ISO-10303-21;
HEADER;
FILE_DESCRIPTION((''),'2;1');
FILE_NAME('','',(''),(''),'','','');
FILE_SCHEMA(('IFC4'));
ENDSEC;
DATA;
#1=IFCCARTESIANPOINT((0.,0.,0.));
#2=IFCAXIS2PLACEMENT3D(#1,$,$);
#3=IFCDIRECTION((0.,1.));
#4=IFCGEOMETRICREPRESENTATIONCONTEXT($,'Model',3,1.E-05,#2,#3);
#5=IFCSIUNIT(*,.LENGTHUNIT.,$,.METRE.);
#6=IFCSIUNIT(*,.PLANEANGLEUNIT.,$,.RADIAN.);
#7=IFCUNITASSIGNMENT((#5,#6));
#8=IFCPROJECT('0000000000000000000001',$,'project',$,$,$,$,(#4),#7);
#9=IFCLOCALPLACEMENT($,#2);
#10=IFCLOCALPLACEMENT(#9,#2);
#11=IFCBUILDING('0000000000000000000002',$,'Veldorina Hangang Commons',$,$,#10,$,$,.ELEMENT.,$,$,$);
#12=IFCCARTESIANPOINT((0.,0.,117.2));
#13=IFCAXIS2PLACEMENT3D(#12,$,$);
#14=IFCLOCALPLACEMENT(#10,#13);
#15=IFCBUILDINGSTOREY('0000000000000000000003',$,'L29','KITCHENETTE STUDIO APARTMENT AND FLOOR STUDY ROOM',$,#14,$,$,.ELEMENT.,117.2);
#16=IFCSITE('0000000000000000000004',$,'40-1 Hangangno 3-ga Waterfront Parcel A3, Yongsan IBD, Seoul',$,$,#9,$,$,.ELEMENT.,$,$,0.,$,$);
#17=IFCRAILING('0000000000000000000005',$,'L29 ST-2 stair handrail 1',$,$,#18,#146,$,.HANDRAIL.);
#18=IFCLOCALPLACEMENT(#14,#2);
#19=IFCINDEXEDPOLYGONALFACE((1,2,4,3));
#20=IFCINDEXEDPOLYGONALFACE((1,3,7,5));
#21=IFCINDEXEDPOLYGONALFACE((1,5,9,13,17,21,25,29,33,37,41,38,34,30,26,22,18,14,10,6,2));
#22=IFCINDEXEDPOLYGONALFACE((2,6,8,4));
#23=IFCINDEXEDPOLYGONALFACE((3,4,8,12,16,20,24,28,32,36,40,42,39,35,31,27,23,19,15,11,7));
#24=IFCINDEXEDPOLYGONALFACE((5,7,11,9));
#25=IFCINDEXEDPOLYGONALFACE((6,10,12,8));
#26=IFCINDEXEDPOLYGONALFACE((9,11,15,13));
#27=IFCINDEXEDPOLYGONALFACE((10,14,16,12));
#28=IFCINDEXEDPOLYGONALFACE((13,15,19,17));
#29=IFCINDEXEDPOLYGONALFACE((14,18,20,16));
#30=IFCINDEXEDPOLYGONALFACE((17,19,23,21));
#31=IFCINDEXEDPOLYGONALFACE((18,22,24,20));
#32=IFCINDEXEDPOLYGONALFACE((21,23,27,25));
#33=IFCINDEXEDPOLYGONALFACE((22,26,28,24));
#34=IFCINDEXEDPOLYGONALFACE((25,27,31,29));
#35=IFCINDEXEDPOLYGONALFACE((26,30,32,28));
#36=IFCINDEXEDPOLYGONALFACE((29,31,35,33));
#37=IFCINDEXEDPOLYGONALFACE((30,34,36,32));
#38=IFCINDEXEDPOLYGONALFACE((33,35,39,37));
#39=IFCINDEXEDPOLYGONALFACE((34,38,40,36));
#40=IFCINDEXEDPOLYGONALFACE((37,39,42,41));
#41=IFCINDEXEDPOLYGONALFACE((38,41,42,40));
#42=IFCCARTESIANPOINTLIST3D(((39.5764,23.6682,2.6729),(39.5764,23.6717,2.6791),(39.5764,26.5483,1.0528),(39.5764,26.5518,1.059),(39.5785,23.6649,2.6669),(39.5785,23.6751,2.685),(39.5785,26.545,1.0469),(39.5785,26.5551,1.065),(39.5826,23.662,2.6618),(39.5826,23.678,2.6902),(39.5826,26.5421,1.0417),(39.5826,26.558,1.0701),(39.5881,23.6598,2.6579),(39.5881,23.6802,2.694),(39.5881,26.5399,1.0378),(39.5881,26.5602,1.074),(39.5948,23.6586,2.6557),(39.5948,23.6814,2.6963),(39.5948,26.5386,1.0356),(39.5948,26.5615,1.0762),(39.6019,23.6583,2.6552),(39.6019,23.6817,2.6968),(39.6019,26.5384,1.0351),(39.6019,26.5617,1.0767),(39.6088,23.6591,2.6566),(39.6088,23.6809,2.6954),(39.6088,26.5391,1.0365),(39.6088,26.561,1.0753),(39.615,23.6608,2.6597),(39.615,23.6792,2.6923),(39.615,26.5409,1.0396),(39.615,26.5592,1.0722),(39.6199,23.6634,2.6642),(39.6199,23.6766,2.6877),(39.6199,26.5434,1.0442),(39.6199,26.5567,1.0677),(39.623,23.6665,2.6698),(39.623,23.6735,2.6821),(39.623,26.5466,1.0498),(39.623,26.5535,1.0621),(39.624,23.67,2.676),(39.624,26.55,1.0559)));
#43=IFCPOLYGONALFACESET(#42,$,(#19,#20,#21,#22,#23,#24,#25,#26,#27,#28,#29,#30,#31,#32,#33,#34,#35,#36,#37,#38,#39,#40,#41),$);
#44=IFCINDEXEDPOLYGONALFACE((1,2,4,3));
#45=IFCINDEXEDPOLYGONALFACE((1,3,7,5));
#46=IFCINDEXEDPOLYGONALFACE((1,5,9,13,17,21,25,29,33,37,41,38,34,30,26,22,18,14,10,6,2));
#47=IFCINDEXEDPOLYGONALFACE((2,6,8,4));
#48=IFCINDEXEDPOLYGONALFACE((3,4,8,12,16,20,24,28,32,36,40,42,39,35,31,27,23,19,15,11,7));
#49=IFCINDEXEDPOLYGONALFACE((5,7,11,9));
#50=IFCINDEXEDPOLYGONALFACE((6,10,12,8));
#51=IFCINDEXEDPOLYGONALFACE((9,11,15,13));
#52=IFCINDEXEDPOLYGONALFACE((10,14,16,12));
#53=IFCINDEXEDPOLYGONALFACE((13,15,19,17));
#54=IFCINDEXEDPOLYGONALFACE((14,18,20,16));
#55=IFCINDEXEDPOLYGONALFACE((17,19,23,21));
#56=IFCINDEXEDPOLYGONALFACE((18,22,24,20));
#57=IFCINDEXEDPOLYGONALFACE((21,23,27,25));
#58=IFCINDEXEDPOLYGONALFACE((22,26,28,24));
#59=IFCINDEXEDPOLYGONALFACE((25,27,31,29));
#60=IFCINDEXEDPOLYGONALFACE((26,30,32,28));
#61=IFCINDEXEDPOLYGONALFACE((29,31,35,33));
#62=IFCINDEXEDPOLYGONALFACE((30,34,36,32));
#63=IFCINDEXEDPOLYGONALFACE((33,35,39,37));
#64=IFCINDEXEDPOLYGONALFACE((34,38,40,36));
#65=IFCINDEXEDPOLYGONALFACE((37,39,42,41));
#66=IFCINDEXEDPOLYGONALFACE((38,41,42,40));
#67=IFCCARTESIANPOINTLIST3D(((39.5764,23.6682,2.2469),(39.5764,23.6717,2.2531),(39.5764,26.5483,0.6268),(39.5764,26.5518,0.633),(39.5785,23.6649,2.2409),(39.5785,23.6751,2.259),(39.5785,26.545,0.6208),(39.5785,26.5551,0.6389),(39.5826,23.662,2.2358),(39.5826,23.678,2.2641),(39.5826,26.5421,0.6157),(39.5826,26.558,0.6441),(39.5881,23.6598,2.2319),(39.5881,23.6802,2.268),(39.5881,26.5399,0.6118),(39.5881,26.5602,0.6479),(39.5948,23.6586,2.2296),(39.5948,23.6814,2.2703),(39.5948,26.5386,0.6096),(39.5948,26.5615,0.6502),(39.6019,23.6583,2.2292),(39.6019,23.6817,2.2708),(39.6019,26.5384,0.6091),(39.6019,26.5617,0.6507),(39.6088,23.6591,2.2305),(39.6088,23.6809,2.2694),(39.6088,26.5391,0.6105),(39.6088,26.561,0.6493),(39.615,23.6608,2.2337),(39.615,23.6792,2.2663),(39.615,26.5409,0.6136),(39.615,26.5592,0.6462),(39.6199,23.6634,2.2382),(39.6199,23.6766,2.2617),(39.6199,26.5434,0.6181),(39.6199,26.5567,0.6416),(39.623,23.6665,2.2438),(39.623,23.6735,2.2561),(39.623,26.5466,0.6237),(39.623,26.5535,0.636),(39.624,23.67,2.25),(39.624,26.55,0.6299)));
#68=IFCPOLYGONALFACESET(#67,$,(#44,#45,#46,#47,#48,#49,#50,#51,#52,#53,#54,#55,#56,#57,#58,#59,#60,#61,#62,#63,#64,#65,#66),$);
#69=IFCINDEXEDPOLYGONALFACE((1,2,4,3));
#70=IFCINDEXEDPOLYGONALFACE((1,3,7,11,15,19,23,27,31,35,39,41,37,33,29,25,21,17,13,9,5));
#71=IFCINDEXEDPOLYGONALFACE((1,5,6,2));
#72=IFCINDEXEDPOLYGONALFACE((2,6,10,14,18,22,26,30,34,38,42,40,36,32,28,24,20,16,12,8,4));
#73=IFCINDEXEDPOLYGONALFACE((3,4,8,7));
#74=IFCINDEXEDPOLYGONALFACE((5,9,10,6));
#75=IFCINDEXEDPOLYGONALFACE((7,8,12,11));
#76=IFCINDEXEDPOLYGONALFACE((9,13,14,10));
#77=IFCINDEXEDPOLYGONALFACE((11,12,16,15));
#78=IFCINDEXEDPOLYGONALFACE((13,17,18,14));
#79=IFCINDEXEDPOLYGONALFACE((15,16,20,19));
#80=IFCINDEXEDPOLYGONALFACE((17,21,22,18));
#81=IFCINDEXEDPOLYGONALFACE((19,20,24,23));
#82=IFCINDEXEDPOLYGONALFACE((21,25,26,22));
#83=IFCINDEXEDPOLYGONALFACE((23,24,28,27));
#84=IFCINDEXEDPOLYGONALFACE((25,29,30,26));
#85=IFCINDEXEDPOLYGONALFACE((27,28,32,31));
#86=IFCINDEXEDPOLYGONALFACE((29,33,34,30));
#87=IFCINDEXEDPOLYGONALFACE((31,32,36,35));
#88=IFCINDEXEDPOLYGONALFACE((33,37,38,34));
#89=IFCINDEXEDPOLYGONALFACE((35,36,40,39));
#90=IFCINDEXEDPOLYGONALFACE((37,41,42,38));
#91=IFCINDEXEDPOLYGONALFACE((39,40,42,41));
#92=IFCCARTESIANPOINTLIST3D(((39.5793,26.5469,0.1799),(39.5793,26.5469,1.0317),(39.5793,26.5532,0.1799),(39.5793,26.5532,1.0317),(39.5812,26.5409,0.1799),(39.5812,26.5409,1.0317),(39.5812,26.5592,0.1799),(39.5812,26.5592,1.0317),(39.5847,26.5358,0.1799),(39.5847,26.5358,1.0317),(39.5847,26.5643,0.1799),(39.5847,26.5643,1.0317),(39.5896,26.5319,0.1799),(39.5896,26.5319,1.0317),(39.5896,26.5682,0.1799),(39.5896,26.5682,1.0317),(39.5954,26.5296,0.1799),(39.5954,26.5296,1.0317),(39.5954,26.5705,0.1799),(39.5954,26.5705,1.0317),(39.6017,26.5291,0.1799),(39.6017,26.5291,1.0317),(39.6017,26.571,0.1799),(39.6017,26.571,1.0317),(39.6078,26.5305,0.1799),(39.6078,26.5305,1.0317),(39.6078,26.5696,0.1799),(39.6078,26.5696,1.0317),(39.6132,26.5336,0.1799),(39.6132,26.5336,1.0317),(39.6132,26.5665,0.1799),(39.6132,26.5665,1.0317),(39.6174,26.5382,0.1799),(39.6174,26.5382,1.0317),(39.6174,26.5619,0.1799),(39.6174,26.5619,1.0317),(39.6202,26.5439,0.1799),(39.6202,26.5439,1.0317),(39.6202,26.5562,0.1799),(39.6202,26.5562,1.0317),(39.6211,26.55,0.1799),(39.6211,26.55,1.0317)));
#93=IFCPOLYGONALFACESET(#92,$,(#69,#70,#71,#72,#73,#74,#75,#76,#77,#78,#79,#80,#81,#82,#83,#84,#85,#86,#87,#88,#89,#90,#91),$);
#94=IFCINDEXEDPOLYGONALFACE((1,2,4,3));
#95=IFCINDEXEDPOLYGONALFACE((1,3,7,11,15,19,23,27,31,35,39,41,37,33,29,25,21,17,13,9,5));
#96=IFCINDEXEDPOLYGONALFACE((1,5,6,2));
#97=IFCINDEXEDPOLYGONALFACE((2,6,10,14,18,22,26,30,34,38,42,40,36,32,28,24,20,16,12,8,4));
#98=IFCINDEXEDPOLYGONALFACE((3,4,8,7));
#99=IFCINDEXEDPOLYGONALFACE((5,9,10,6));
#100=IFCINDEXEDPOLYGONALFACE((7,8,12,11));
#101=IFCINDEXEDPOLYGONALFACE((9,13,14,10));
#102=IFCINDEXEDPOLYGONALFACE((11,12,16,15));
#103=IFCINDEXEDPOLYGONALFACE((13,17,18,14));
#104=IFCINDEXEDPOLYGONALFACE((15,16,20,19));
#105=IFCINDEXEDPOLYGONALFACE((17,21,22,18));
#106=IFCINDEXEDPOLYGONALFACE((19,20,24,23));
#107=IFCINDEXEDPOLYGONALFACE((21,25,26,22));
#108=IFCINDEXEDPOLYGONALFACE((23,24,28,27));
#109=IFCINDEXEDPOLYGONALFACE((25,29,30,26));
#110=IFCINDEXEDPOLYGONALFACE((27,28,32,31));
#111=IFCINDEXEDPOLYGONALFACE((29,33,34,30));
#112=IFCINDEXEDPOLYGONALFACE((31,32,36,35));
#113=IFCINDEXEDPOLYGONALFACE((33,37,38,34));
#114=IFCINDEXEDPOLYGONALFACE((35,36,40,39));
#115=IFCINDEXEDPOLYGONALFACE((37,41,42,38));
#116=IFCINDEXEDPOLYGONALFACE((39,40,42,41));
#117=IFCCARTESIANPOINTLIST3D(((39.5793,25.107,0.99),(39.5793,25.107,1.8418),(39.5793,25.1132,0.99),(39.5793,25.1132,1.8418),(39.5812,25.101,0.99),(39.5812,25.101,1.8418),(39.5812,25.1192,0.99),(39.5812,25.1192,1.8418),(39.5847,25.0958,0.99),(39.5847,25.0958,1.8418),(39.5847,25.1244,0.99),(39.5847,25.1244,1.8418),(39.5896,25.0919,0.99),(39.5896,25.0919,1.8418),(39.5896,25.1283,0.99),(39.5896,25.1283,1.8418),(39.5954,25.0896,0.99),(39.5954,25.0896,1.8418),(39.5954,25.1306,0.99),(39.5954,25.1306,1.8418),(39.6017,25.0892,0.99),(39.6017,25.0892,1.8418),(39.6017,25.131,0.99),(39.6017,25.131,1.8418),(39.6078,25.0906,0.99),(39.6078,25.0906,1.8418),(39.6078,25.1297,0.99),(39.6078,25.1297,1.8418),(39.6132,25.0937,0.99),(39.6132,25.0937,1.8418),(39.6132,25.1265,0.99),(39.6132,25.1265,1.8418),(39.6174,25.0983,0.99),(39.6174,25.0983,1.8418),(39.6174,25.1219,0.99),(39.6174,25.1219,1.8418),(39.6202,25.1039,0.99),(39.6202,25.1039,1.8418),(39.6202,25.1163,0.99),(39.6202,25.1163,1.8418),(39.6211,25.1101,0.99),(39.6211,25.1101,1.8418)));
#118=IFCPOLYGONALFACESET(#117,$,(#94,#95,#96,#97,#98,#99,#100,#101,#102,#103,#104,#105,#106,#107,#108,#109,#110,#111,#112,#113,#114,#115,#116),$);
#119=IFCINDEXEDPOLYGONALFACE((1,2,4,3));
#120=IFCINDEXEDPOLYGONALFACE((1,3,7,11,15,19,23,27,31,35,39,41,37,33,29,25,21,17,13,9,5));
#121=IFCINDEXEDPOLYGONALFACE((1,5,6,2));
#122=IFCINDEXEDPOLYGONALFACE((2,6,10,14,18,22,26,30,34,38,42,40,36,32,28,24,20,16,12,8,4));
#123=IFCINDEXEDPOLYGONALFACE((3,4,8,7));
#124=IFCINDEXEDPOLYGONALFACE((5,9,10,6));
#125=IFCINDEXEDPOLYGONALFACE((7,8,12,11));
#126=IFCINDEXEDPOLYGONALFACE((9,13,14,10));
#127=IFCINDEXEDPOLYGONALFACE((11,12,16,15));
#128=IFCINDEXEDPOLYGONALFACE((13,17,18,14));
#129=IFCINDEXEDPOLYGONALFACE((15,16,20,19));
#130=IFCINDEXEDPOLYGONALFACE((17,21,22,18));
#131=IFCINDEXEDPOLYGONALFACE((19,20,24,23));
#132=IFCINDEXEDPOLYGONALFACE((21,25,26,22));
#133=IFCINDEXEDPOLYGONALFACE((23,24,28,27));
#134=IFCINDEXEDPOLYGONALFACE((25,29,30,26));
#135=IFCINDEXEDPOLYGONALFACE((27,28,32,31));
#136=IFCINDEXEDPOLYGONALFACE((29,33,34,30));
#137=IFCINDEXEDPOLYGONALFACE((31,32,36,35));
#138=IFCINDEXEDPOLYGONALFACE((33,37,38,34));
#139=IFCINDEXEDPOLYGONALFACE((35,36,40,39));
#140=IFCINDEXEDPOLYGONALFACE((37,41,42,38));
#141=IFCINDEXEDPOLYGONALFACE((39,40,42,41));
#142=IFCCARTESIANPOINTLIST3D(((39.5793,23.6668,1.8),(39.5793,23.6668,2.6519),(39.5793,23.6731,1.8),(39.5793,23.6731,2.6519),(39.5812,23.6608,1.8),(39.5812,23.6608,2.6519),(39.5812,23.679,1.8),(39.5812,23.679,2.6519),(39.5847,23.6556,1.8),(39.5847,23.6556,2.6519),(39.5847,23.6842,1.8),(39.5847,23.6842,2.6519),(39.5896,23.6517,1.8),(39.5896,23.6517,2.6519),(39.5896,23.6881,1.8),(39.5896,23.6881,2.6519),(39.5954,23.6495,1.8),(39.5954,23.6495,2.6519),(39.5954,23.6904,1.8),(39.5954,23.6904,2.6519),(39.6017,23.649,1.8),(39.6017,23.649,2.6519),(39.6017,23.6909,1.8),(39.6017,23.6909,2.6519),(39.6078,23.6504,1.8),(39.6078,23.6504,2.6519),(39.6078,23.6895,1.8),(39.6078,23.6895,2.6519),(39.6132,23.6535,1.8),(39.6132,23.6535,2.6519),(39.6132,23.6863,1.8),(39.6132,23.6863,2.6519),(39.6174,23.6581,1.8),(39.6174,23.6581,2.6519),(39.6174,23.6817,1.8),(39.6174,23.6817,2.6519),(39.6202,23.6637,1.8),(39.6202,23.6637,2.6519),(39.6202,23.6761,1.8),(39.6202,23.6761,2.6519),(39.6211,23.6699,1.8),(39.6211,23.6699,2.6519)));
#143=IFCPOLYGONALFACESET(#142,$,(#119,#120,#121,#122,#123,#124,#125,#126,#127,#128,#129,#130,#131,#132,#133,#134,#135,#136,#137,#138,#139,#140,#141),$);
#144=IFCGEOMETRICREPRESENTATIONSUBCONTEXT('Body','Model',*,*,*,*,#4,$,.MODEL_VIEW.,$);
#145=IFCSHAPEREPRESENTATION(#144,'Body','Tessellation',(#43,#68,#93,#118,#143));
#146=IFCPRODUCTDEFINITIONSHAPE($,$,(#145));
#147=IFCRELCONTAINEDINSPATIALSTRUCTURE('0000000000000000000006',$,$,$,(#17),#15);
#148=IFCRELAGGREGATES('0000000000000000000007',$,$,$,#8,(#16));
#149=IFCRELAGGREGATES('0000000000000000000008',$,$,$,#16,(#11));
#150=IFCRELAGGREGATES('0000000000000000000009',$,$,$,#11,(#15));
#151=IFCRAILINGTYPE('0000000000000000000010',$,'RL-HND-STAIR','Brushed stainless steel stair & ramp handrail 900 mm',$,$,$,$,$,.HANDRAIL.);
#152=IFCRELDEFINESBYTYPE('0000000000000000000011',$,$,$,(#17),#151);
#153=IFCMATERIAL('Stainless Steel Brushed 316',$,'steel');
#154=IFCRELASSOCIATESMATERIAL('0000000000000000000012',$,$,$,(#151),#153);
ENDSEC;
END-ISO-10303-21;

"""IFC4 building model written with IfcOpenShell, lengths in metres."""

from ifc_helpers import new_model, si_unit, direction, frame, origin, origin_2d, place, context, subcontext, project, spatial, circle, extrude, material, type_object, element, save


model = new_model("IFC4")

# Units and contexts
model_context = context("Model", 3, precision=1e-05, world=origin(), true_north=direction((0.0, 1.0)))
body_context = subcontext(model_context, "Body", "Model", "MODEL_VIEW")
ifc_project = project(units=[si_unit("LENGTHUNIT", "METRE"), si_unit("PLANEANGLEUNIT", "RADIAN")], contexts=[model_context])

# Site, building, storey
site_placement = place(None, origin())
site = spatial("IfcSite", under=ifc_project, at=site_placement, Name="40-1 Hangangno 3-ga Waterfront Parcel A3, Yongsan IBD, Seoul", CompositionType="ELEMENT", RefElevation=0.0)
building_placement = place(site_placement, origin())
building = spatial("IfcBuilding", under=site, at=building_placement, Name="Veldorina Hangang Commons", CompositionType="ELEMENT")
storey_placement = place(building_placement, frame((0.0, 0.0, 117.2)))
storey = spatial("IfcBuildingStorey", under=building, at=storey_placement, Name="L29", Description="KITCHENETTE STUDIO APARTMENT AND FLOOR STUDY ROOM", CompositionType="ELEMENT", Elevation=117.2)

# Railing
ifc_material_1 = material(Name="Stainless Steel Brushed 316", Category="steel")
railing_type_1 = type_object("IfcRailingType", Name="RL-HND-STAIR", Description="Brushed stainless steel stair & ramp handrail 900 mm", PredefinedType="HANDRAIL", material=ifc_material_1)
railing_1_placement = place(storey_placement, frame((39.6001, 26.55, 0.1799)))
element("IfcRailing", 1, at=railing_1_placement, inside=storey, type_object=railing_type_1, Name="L29 ST-2 stair handrail 1", PredefinedType="HANDRAIL", context=body_context, shape_type="SweptSolid", body=[
    extrude(circle(Radius=0.0239, at=origin_2d()), frame((0.0, 0.0, 0.876), z_axis=(0.0, -0.87157, 0.490272), x_axis=(1.0, 0.0, 0.0)), (0.0, 0.0, 1.0), 3.3044),
    extrude(circle(Radius=0.0239, at=origin_2d()), frame((0.0, 0.0, 0.45), z_axis=(0.0, -0.87157, 0.490272), x_axis=(1.0, 0.0, 0.0)), (0.0, 0.0, 1.0), 3.3044),
    extrude(circle(Radius=0.021, at=origin_2d()), origin(), (0.0, 0.0, 1.0), 0.8518),
    extrude(circle(Radius=0.021, at=origin_2d()), frame((0.0, -1.4399, 0.8101)), (0.0, 0.0, 1.0), 0.8518),
    extrude(circle(Radius=0.021, at=origin_2d()), frame((0.0, -2.8801, 1.6201)), (0.0, 0.0, 1.0), 0.8518),
])

save(model, "model.ifc")
